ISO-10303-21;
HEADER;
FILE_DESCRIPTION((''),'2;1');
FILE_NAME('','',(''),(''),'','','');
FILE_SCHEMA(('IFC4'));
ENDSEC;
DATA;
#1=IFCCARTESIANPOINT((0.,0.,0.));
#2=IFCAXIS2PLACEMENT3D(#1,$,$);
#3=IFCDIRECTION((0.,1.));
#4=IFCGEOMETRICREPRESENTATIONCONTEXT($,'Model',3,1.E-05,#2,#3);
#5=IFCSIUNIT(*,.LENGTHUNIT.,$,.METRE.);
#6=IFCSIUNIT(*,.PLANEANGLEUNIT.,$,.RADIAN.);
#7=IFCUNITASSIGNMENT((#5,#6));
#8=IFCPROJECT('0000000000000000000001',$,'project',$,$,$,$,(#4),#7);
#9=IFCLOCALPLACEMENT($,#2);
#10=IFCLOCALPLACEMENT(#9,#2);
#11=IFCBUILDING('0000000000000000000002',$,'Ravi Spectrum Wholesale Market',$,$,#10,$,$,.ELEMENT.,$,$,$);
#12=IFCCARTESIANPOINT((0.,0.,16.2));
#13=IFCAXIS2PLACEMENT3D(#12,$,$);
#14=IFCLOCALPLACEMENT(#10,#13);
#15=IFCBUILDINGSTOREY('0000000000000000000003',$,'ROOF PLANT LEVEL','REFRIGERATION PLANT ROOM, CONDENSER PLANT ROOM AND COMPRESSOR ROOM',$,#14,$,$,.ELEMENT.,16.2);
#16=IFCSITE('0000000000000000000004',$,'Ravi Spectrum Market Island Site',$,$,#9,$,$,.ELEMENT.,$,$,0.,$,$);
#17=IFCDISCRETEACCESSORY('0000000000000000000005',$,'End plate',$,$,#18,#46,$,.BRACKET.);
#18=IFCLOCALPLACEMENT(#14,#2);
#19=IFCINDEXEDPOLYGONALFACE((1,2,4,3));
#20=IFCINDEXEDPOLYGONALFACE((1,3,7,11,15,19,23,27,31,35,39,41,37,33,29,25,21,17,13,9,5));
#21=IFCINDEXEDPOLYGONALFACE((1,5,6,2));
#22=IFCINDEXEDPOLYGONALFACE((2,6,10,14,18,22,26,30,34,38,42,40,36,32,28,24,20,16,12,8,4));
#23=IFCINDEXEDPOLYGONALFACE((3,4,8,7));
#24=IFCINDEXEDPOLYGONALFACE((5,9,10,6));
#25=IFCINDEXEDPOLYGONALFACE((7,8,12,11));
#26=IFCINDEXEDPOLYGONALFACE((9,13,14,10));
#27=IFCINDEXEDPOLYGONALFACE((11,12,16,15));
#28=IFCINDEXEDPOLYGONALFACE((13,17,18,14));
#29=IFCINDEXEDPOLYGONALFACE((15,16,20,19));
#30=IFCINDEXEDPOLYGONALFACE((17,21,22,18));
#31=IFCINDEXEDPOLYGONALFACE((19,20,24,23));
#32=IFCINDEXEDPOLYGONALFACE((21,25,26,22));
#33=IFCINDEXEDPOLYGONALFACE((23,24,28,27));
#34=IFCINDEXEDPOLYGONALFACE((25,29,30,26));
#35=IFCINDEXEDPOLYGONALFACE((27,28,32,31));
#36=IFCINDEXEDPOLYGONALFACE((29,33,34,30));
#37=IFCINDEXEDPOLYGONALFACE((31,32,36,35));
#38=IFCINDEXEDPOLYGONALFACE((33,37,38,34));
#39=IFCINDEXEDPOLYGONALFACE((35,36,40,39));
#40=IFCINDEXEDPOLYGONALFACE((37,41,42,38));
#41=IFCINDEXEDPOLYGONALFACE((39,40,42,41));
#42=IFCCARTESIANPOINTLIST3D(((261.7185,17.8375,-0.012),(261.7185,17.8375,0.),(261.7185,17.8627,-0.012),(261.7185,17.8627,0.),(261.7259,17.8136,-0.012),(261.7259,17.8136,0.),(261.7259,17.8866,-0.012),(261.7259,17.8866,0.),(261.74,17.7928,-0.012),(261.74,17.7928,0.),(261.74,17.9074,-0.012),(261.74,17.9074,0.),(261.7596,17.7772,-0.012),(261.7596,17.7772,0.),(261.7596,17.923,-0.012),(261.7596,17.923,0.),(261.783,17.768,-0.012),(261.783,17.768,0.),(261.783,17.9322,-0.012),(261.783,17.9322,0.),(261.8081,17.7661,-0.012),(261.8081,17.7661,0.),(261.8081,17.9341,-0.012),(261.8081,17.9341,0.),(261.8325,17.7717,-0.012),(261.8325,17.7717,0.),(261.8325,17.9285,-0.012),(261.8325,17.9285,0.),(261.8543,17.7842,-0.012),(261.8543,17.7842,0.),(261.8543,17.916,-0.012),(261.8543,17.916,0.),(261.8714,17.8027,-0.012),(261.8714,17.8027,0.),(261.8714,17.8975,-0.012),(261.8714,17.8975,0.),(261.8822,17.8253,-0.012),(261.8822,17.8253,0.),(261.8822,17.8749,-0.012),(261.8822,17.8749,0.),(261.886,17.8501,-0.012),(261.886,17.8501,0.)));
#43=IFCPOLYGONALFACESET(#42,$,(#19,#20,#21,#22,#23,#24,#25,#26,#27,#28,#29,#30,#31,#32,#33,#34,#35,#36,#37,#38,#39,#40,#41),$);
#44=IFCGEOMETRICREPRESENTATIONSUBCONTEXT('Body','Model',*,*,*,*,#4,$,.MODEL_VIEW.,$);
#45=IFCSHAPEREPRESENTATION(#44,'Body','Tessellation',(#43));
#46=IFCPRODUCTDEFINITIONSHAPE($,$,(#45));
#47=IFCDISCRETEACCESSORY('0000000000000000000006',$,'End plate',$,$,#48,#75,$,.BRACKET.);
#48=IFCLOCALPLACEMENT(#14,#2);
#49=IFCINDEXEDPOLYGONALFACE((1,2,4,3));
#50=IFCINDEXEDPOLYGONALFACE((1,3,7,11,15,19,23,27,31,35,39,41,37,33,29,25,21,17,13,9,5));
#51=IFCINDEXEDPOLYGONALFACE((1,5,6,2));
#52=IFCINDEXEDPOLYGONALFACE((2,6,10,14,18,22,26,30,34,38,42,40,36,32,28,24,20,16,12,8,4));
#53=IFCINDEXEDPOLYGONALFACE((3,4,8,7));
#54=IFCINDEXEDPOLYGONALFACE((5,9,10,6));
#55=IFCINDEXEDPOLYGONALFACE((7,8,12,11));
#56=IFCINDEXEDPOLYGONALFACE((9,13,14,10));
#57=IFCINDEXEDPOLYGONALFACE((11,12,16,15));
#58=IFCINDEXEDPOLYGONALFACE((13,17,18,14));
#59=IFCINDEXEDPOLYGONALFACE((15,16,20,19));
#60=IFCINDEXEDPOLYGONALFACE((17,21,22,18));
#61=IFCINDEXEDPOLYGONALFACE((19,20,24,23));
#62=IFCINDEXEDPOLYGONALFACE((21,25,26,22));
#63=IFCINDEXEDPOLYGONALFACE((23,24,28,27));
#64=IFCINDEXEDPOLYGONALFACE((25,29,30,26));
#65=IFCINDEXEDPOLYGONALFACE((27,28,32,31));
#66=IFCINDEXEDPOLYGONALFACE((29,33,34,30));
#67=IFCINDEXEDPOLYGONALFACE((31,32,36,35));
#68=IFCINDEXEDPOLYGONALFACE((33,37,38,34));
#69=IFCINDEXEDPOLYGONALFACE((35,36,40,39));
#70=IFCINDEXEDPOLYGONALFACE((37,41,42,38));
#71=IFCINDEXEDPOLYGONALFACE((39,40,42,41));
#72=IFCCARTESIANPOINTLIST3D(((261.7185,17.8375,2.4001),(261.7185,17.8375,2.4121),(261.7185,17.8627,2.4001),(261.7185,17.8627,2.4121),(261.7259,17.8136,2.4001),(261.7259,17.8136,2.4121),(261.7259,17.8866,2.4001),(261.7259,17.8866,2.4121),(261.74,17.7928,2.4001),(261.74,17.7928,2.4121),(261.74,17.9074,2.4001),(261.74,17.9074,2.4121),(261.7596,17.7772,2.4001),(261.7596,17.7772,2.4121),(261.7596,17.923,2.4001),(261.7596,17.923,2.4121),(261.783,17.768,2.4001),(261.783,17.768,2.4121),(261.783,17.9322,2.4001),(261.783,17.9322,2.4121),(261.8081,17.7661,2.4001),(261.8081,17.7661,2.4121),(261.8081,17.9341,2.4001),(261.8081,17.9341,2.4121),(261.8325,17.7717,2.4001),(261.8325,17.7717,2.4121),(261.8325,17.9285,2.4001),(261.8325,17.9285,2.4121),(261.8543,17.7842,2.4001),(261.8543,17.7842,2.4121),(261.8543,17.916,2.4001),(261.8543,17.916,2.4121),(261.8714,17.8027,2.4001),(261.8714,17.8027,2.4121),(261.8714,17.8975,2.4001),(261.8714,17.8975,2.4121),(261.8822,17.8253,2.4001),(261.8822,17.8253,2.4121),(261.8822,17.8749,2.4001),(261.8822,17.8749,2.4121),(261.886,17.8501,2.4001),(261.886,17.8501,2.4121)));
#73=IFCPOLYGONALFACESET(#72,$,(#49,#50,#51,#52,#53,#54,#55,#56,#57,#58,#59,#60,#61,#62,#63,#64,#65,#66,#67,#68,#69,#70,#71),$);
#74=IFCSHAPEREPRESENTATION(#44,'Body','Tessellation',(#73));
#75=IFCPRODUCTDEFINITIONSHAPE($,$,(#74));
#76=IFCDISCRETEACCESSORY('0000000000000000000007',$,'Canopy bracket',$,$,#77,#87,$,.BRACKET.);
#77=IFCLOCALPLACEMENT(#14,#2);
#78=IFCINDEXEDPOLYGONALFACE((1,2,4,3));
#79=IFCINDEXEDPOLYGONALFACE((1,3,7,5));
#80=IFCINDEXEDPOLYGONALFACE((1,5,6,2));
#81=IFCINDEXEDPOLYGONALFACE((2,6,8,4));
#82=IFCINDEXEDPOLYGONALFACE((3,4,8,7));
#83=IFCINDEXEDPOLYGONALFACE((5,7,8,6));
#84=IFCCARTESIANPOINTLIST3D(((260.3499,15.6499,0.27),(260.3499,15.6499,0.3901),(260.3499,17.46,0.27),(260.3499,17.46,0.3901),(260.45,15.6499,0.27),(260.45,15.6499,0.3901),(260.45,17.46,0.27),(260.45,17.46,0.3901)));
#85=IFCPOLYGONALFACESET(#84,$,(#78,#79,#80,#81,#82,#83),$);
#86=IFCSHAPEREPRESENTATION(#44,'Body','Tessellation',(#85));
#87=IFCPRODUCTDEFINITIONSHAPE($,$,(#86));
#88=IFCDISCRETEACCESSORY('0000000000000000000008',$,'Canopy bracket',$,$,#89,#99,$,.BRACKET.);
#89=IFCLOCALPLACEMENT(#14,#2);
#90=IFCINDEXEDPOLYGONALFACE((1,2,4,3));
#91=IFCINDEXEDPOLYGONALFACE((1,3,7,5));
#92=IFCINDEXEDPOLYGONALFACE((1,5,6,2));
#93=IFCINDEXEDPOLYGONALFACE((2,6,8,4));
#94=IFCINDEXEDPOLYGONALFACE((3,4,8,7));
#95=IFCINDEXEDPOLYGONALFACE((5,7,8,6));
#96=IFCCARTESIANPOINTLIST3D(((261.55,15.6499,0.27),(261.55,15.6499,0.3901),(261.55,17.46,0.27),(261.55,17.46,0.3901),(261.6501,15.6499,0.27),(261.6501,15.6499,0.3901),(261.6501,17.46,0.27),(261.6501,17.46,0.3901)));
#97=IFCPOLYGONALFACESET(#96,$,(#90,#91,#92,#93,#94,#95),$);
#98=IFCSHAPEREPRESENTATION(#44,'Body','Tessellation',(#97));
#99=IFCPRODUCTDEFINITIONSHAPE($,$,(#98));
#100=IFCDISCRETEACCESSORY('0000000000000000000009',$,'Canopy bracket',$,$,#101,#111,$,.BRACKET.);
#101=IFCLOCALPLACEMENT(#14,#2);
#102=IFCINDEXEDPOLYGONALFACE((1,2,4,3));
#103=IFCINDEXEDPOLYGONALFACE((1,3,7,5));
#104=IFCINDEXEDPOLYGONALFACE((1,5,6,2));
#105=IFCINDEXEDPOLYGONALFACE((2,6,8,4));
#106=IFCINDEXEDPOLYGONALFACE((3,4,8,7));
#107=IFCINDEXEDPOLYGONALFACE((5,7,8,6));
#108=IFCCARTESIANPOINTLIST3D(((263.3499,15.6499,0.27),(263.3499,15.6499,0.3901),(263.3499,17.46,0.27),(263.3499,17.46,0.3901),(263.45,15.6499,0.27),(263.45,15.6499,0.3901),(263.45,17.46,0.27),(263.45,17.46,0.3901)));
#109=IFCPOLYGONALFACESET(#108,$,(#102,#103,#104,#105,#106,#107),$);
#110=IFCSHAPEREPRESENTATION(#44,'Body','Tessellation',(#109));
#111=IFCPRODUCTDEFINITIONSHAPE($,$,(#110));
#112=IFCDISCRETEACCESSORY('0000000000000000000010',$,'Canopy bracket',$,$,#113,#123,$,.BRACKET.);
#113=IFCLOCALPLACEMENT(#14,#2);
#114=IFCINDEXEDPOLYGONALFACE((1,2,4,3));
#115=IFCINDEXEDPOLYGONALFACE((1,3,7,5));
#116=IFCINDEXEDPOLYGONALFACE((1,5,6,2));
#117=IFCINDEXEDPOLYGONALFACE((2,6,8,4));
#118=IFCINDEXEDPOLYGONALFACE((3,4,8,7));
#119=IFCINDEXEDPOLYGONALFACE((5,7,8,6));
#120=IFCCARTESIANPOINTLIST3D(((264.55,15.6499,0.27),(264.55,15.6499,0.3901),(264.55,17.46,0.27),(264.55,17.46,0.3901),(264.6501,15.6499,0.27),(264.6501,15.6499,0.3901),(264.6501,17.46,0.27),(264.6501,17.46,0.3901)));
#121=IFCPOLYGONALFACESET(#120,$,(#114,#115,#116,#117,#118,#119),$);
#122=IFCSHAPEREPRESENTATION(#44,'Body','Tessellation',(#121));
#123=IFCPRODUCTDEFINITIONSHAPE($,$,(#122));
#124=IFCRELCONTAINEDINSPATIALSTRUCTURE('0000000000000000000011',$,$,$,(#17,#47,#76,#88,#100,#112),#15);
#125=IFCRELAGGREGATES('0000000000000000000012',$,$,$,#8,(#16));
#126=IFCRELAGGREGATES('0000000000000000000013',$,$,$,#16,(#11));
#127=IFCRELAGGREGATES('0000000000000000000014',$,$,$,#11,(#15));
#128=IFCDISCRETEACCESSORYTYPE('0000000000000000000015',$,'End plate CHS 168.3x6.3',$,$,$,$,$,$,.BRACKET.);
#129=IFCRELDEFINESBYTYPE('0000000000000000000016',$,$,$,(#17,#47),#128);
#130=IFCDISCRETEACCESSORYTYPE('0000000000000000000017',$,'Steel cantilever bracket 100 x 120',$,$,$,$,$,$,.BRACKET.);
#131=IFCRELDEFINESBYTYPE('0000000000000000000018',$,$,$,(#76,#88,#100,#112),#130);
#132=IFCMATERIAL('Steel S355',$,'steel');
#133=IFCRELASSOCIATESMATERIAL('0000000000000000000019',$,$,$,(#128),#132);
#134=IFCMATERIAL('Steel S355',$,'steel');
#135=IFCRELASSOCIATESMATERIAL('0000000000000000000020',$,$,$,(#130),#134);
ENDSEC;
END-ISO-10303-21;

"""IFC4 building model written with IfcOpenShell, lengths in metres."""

from ifc_helpers import new_model, si_unit, direction, frame, origin, origin_2d, place, context, subcontext, project, spatial, rectangle, circle, extrude, material, material_profile, profile_set, type_object, element, save


model = new_model("IFC4")

# Units and contexts
model_context = context("Model", 3, precision=1e-05, world=origin(), true_north=direction((0.0, 1.0)))
body_context = subcontext(model_context, "Body", "Model", "MODEL_VIEW")
ifc_project = project(units=[si_unit("LENGTHUNIT", "METRE"), si_unit("PLANEANGLEUNIT", "RADIAN")], contexts=[model_context])

# Site, building, storey
site_placement = place(None, origin())
site = spatial("IfcSite", under=ifc_project, at=site_placement, Name="Ravi Spectrum Market Island Site", CompositionType="ELEMENT", RefElevation=0.0)
building_placement = place(site_placement, origin())
building = spatial("IfcBuilding", under=site, at=building_placement, Name="Ravi Spectrum Wholesale Market", CompositionType="ELEMENT")
storey_placement = place(building_placement, frame((0.0, 0.0, 16.2)))
storey = spatial("IfcBuildingStorey", under=building, at=storey_placement, Name="ROOF PLANT LEVEL", Description="REFRIGERATION PLANT ROOM, CONDENSER PLANT ROOM AND COMPRESSOR ROOM", CompositionType="ELEMENT", Elevation=16.2)

# Discrete accessories
ifc_material_1 = material(Name="Steel S355", Category="steel")
ifc_material_profile_1 = material_profile(ifc_material_1, circle(Radius=0.0842, at=origin_2d()))
ifc_profile_set_1 = profile_set([ifc_material_profile_1], Name="Steel S355")
discrete_accessory_type_1 = type_object("IfcDiscreteAccessoryType", Name="End plate CHS 168.3x6.3", PredefinedType="BRACKET", material=ifc_profile_set_1)
for number, where, z_axis, x_axis, name in (
    (1, (261.8018, 17.8501, 0.0), (0.0, 0.0, -1.0), (1.0, 0.0, 0.0), "End plate"),
    (2, (261.8018, 17.8501, 2.4001), (0.0, 0.0, 1.0), (1.0, 0.0, 0.0), "End plate"),
):
    element("IfcDiscreteAccessory", number, at=place(storey_placement, frame(where, z_axis=z_axis, x_axis=x_axis)), inside=storey, type_object=discrete_accessory_type_1, Name=name, PredefinedType="BRACKET", context=body_context, shape_type="SweptSolid", body=[
        extrude(circle(Radius=0.0842, at=origin_2d()), origin(), (0.0, 0.0, 1.0), 0.012),
    ])
ifc_material_2 = material(Name="Steel S355", Category="steel")
discrete_accessory_type_2 = type_object("IfcDiscreteAccessoryType", Name="Steel cantilever bracket 100 x 120", PredefinedType="BRACKET", material=ifc_material_2)
for number, where, z_axis, x_axis, name in (
    (3, (260.3999, 16.5549, 0.27), (0.0, 0.0, 1.0), (1.0, 0.0, 0.0), "Canopy bracket"),
    (4, (261.6001, 16.5549, 0.27), (0.0, 0.0, 1.0), (1.0, 0.0, 0.0), "Canopy bracket"),
    (5, (263.3999, 16.5549, 0.27), (0.0, 0.0, 1.0), (1.0, 0.0, 0.0), "Canopy bracket"),
    (6, (264.6001, 16.5549, 0.27), (0.0, 0.0, 1.0), (1.0, 0.0, 0.0), "Canopy bracket"),
):
    element("IfcDiscreteAccessory", number, at=place(storey_placement, frame(where, z_axis=z_axis, x_axis=x_axis)), inside=storey, type_object=discrete_accessory_type_2, Name=name, PredefinedType="BRACKET", context=body_context, shape_type="SweptSolid", body=[
        extrude(rectangle(XDim=0.1001, YDim=1.8101, at=origin_2d()), origin(), (0.0, 0.0, 1.0), 0.1201),
    ])

save(model, "model.ifc")
